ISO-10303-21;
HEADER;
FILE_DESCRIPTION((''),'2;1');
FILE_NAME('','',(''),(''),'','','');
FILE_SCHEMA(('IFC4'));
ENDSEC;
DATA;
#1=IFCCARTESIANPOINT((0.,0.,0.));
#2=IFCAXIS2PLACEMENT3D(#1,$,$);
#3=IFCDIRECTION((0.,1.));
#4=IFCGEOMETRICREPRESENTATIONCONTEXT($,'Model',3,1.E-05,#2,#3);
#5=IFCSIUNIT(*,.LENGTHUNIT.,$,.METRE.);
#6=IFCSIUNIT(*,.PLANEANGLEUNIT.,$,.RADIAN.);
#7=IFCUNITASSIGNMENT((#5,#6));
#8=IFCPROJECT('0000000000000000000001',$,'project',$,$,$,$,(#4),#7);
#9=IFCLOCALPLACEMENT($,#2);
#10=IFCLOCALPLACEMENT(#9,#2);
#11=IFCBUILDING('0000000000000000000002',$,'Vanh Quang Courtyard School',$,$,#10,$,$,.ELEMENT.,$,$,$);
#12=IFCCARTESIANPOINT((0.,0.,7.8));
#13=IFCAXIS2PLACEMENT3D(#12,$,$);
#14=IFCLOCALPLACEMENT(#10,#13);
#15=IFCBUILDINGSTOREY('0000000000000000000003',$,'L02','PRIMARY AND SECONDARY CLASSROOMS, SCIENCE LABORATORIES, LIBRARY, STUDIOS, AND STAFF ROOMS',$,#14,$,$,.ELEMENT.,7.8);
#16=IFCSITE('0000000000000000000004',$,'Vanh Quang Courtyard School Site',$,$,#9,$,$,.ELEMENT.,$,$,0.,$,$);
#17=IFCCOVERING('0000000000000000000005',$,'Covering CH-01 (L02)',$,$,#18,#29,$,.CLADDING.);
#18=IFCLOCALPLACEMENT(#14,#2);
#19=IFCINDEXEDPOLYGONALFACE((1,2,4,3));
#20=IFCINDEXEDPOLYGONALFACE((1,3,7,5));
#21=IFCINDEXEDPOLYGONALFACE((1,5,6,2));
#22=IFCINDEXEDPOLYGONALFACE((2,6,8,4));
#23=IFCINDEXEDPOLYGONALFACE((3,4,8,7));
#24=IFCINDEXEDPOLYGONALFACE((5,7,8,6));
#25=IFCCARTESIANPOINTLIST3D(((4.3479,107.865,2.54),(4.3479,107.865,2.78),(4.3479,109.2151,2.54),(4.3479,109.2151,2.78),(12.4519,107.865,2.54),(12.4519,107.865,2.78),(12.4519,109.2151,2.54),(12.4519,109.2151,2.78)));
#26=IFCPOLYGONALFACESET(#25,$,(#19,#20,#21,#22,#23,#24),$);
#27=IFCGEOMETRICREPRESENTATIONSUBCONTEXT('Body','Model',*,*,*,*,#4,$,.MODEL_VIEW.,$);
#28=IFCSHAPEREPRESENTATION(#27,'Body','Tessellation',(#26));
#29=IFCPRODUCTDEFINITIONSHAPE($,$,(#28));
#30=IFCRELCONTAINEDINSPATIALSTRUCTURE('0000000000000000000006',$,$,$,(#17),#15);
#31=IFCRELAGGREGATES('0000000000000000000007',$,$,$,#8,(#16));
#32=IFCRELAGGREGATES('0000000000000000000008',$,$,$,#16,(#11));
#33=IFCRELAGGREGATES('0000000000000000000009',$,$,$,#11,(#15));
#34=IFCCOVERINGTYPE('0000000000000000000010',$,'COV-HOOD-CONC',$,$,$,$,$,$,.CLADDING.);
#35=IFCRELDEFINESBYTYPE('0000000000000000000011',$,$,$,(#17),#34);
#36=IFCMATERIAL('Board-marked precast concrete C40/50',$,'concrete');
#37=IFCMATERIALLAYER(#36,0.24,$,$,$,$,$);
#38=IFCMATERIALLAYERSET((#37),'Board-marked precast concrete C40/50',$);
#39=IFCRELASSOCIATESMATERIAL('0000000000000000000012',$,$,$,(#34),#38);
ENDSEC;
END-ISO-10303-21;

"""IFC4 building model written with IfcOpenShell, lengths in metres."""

from ifc_helpers import new_model, si_unit, direction, frame, origin, origin_2d, place, context, subcontext, project, spatial, rectangle, extrude, material, layer, layer_set, type_object, element, save


model = new_model("IFC4")

# Units and contexts
model_context = context("Model", 3, precision=1e-05, world=origin(), true_north=direction((0.0, 1.0)))
body_context = subcontext(model_context, "Body", "Model", "MODEL_VIEW")
ifc_project = project(units=[si_unit("LENGTHUNIT", "METRE"), si_unit("PLANEANGLEUNIT", "RADIAN")], contexts=[model_context])

# Site, building, storey
site_placement = place(None, origin())
site = spatial("IfcSite", under=ifc_project, at=site_placement, Name="Vanh Quang Courtyard School Site", CompositionType="ELEMENT", RefElevation=0.0)
building_placement = place(site_placement, origin())
building = spatial("IfcBuilding", under=site, at=building_placement, Name="Vanh Quang Courtyard School", CompositionType="ELEMENT")
storey_placement = place(building_placement, frame((0.0, 0.0, 7.8)))
storey = spatial("IfcBuildingStorey", under=building, at=storey_placement, Name="L02", Description="PRIMARY AND SECONDARY CLASSROOMS, SCIENCE LABORATORIES, LIBRARY, STUDIOS, AND STAFF ROOMS", CompositionType="ELEMENT", Elevation=7.8)

# Covering
ifc_material_1 = material(Name="Board-marked precast concrete C40/50", Category="concrete")
ifc_layer_1 = layer(ifc_material_1, 0.24)
ifc_layer_set_1 = layer_set([ifc_layer_1], Name="Board-marked precast concrete C40/50")
covering_type = type_object("IfcCoveringType", Name="COV-HOOD-CONC", PredefinedType="CLADDING", material=ifc_layer_set_1)
covering_placement = place(storey_placement, frame((8.3999, 108.54, 2.54), z_axis=(0.0, 0.0, 1.0), x_axis=(1.0, 0.0, 0.0)))
element("IfcCovering", 1, at=covering_placement, inside=storey, type_object=covering_type, Name="Covering CH-01 (L02)", PredefinedType="CLADDING", context=body_context, shape_type="SweptSolid", body=[
    extrude(rectangle(XDim=8.104, YDim=1.3501, at=origin_2d()), origin(), (0.0, 0.0, 1.0), 0.24),
])

save(model, "model.ifc")
